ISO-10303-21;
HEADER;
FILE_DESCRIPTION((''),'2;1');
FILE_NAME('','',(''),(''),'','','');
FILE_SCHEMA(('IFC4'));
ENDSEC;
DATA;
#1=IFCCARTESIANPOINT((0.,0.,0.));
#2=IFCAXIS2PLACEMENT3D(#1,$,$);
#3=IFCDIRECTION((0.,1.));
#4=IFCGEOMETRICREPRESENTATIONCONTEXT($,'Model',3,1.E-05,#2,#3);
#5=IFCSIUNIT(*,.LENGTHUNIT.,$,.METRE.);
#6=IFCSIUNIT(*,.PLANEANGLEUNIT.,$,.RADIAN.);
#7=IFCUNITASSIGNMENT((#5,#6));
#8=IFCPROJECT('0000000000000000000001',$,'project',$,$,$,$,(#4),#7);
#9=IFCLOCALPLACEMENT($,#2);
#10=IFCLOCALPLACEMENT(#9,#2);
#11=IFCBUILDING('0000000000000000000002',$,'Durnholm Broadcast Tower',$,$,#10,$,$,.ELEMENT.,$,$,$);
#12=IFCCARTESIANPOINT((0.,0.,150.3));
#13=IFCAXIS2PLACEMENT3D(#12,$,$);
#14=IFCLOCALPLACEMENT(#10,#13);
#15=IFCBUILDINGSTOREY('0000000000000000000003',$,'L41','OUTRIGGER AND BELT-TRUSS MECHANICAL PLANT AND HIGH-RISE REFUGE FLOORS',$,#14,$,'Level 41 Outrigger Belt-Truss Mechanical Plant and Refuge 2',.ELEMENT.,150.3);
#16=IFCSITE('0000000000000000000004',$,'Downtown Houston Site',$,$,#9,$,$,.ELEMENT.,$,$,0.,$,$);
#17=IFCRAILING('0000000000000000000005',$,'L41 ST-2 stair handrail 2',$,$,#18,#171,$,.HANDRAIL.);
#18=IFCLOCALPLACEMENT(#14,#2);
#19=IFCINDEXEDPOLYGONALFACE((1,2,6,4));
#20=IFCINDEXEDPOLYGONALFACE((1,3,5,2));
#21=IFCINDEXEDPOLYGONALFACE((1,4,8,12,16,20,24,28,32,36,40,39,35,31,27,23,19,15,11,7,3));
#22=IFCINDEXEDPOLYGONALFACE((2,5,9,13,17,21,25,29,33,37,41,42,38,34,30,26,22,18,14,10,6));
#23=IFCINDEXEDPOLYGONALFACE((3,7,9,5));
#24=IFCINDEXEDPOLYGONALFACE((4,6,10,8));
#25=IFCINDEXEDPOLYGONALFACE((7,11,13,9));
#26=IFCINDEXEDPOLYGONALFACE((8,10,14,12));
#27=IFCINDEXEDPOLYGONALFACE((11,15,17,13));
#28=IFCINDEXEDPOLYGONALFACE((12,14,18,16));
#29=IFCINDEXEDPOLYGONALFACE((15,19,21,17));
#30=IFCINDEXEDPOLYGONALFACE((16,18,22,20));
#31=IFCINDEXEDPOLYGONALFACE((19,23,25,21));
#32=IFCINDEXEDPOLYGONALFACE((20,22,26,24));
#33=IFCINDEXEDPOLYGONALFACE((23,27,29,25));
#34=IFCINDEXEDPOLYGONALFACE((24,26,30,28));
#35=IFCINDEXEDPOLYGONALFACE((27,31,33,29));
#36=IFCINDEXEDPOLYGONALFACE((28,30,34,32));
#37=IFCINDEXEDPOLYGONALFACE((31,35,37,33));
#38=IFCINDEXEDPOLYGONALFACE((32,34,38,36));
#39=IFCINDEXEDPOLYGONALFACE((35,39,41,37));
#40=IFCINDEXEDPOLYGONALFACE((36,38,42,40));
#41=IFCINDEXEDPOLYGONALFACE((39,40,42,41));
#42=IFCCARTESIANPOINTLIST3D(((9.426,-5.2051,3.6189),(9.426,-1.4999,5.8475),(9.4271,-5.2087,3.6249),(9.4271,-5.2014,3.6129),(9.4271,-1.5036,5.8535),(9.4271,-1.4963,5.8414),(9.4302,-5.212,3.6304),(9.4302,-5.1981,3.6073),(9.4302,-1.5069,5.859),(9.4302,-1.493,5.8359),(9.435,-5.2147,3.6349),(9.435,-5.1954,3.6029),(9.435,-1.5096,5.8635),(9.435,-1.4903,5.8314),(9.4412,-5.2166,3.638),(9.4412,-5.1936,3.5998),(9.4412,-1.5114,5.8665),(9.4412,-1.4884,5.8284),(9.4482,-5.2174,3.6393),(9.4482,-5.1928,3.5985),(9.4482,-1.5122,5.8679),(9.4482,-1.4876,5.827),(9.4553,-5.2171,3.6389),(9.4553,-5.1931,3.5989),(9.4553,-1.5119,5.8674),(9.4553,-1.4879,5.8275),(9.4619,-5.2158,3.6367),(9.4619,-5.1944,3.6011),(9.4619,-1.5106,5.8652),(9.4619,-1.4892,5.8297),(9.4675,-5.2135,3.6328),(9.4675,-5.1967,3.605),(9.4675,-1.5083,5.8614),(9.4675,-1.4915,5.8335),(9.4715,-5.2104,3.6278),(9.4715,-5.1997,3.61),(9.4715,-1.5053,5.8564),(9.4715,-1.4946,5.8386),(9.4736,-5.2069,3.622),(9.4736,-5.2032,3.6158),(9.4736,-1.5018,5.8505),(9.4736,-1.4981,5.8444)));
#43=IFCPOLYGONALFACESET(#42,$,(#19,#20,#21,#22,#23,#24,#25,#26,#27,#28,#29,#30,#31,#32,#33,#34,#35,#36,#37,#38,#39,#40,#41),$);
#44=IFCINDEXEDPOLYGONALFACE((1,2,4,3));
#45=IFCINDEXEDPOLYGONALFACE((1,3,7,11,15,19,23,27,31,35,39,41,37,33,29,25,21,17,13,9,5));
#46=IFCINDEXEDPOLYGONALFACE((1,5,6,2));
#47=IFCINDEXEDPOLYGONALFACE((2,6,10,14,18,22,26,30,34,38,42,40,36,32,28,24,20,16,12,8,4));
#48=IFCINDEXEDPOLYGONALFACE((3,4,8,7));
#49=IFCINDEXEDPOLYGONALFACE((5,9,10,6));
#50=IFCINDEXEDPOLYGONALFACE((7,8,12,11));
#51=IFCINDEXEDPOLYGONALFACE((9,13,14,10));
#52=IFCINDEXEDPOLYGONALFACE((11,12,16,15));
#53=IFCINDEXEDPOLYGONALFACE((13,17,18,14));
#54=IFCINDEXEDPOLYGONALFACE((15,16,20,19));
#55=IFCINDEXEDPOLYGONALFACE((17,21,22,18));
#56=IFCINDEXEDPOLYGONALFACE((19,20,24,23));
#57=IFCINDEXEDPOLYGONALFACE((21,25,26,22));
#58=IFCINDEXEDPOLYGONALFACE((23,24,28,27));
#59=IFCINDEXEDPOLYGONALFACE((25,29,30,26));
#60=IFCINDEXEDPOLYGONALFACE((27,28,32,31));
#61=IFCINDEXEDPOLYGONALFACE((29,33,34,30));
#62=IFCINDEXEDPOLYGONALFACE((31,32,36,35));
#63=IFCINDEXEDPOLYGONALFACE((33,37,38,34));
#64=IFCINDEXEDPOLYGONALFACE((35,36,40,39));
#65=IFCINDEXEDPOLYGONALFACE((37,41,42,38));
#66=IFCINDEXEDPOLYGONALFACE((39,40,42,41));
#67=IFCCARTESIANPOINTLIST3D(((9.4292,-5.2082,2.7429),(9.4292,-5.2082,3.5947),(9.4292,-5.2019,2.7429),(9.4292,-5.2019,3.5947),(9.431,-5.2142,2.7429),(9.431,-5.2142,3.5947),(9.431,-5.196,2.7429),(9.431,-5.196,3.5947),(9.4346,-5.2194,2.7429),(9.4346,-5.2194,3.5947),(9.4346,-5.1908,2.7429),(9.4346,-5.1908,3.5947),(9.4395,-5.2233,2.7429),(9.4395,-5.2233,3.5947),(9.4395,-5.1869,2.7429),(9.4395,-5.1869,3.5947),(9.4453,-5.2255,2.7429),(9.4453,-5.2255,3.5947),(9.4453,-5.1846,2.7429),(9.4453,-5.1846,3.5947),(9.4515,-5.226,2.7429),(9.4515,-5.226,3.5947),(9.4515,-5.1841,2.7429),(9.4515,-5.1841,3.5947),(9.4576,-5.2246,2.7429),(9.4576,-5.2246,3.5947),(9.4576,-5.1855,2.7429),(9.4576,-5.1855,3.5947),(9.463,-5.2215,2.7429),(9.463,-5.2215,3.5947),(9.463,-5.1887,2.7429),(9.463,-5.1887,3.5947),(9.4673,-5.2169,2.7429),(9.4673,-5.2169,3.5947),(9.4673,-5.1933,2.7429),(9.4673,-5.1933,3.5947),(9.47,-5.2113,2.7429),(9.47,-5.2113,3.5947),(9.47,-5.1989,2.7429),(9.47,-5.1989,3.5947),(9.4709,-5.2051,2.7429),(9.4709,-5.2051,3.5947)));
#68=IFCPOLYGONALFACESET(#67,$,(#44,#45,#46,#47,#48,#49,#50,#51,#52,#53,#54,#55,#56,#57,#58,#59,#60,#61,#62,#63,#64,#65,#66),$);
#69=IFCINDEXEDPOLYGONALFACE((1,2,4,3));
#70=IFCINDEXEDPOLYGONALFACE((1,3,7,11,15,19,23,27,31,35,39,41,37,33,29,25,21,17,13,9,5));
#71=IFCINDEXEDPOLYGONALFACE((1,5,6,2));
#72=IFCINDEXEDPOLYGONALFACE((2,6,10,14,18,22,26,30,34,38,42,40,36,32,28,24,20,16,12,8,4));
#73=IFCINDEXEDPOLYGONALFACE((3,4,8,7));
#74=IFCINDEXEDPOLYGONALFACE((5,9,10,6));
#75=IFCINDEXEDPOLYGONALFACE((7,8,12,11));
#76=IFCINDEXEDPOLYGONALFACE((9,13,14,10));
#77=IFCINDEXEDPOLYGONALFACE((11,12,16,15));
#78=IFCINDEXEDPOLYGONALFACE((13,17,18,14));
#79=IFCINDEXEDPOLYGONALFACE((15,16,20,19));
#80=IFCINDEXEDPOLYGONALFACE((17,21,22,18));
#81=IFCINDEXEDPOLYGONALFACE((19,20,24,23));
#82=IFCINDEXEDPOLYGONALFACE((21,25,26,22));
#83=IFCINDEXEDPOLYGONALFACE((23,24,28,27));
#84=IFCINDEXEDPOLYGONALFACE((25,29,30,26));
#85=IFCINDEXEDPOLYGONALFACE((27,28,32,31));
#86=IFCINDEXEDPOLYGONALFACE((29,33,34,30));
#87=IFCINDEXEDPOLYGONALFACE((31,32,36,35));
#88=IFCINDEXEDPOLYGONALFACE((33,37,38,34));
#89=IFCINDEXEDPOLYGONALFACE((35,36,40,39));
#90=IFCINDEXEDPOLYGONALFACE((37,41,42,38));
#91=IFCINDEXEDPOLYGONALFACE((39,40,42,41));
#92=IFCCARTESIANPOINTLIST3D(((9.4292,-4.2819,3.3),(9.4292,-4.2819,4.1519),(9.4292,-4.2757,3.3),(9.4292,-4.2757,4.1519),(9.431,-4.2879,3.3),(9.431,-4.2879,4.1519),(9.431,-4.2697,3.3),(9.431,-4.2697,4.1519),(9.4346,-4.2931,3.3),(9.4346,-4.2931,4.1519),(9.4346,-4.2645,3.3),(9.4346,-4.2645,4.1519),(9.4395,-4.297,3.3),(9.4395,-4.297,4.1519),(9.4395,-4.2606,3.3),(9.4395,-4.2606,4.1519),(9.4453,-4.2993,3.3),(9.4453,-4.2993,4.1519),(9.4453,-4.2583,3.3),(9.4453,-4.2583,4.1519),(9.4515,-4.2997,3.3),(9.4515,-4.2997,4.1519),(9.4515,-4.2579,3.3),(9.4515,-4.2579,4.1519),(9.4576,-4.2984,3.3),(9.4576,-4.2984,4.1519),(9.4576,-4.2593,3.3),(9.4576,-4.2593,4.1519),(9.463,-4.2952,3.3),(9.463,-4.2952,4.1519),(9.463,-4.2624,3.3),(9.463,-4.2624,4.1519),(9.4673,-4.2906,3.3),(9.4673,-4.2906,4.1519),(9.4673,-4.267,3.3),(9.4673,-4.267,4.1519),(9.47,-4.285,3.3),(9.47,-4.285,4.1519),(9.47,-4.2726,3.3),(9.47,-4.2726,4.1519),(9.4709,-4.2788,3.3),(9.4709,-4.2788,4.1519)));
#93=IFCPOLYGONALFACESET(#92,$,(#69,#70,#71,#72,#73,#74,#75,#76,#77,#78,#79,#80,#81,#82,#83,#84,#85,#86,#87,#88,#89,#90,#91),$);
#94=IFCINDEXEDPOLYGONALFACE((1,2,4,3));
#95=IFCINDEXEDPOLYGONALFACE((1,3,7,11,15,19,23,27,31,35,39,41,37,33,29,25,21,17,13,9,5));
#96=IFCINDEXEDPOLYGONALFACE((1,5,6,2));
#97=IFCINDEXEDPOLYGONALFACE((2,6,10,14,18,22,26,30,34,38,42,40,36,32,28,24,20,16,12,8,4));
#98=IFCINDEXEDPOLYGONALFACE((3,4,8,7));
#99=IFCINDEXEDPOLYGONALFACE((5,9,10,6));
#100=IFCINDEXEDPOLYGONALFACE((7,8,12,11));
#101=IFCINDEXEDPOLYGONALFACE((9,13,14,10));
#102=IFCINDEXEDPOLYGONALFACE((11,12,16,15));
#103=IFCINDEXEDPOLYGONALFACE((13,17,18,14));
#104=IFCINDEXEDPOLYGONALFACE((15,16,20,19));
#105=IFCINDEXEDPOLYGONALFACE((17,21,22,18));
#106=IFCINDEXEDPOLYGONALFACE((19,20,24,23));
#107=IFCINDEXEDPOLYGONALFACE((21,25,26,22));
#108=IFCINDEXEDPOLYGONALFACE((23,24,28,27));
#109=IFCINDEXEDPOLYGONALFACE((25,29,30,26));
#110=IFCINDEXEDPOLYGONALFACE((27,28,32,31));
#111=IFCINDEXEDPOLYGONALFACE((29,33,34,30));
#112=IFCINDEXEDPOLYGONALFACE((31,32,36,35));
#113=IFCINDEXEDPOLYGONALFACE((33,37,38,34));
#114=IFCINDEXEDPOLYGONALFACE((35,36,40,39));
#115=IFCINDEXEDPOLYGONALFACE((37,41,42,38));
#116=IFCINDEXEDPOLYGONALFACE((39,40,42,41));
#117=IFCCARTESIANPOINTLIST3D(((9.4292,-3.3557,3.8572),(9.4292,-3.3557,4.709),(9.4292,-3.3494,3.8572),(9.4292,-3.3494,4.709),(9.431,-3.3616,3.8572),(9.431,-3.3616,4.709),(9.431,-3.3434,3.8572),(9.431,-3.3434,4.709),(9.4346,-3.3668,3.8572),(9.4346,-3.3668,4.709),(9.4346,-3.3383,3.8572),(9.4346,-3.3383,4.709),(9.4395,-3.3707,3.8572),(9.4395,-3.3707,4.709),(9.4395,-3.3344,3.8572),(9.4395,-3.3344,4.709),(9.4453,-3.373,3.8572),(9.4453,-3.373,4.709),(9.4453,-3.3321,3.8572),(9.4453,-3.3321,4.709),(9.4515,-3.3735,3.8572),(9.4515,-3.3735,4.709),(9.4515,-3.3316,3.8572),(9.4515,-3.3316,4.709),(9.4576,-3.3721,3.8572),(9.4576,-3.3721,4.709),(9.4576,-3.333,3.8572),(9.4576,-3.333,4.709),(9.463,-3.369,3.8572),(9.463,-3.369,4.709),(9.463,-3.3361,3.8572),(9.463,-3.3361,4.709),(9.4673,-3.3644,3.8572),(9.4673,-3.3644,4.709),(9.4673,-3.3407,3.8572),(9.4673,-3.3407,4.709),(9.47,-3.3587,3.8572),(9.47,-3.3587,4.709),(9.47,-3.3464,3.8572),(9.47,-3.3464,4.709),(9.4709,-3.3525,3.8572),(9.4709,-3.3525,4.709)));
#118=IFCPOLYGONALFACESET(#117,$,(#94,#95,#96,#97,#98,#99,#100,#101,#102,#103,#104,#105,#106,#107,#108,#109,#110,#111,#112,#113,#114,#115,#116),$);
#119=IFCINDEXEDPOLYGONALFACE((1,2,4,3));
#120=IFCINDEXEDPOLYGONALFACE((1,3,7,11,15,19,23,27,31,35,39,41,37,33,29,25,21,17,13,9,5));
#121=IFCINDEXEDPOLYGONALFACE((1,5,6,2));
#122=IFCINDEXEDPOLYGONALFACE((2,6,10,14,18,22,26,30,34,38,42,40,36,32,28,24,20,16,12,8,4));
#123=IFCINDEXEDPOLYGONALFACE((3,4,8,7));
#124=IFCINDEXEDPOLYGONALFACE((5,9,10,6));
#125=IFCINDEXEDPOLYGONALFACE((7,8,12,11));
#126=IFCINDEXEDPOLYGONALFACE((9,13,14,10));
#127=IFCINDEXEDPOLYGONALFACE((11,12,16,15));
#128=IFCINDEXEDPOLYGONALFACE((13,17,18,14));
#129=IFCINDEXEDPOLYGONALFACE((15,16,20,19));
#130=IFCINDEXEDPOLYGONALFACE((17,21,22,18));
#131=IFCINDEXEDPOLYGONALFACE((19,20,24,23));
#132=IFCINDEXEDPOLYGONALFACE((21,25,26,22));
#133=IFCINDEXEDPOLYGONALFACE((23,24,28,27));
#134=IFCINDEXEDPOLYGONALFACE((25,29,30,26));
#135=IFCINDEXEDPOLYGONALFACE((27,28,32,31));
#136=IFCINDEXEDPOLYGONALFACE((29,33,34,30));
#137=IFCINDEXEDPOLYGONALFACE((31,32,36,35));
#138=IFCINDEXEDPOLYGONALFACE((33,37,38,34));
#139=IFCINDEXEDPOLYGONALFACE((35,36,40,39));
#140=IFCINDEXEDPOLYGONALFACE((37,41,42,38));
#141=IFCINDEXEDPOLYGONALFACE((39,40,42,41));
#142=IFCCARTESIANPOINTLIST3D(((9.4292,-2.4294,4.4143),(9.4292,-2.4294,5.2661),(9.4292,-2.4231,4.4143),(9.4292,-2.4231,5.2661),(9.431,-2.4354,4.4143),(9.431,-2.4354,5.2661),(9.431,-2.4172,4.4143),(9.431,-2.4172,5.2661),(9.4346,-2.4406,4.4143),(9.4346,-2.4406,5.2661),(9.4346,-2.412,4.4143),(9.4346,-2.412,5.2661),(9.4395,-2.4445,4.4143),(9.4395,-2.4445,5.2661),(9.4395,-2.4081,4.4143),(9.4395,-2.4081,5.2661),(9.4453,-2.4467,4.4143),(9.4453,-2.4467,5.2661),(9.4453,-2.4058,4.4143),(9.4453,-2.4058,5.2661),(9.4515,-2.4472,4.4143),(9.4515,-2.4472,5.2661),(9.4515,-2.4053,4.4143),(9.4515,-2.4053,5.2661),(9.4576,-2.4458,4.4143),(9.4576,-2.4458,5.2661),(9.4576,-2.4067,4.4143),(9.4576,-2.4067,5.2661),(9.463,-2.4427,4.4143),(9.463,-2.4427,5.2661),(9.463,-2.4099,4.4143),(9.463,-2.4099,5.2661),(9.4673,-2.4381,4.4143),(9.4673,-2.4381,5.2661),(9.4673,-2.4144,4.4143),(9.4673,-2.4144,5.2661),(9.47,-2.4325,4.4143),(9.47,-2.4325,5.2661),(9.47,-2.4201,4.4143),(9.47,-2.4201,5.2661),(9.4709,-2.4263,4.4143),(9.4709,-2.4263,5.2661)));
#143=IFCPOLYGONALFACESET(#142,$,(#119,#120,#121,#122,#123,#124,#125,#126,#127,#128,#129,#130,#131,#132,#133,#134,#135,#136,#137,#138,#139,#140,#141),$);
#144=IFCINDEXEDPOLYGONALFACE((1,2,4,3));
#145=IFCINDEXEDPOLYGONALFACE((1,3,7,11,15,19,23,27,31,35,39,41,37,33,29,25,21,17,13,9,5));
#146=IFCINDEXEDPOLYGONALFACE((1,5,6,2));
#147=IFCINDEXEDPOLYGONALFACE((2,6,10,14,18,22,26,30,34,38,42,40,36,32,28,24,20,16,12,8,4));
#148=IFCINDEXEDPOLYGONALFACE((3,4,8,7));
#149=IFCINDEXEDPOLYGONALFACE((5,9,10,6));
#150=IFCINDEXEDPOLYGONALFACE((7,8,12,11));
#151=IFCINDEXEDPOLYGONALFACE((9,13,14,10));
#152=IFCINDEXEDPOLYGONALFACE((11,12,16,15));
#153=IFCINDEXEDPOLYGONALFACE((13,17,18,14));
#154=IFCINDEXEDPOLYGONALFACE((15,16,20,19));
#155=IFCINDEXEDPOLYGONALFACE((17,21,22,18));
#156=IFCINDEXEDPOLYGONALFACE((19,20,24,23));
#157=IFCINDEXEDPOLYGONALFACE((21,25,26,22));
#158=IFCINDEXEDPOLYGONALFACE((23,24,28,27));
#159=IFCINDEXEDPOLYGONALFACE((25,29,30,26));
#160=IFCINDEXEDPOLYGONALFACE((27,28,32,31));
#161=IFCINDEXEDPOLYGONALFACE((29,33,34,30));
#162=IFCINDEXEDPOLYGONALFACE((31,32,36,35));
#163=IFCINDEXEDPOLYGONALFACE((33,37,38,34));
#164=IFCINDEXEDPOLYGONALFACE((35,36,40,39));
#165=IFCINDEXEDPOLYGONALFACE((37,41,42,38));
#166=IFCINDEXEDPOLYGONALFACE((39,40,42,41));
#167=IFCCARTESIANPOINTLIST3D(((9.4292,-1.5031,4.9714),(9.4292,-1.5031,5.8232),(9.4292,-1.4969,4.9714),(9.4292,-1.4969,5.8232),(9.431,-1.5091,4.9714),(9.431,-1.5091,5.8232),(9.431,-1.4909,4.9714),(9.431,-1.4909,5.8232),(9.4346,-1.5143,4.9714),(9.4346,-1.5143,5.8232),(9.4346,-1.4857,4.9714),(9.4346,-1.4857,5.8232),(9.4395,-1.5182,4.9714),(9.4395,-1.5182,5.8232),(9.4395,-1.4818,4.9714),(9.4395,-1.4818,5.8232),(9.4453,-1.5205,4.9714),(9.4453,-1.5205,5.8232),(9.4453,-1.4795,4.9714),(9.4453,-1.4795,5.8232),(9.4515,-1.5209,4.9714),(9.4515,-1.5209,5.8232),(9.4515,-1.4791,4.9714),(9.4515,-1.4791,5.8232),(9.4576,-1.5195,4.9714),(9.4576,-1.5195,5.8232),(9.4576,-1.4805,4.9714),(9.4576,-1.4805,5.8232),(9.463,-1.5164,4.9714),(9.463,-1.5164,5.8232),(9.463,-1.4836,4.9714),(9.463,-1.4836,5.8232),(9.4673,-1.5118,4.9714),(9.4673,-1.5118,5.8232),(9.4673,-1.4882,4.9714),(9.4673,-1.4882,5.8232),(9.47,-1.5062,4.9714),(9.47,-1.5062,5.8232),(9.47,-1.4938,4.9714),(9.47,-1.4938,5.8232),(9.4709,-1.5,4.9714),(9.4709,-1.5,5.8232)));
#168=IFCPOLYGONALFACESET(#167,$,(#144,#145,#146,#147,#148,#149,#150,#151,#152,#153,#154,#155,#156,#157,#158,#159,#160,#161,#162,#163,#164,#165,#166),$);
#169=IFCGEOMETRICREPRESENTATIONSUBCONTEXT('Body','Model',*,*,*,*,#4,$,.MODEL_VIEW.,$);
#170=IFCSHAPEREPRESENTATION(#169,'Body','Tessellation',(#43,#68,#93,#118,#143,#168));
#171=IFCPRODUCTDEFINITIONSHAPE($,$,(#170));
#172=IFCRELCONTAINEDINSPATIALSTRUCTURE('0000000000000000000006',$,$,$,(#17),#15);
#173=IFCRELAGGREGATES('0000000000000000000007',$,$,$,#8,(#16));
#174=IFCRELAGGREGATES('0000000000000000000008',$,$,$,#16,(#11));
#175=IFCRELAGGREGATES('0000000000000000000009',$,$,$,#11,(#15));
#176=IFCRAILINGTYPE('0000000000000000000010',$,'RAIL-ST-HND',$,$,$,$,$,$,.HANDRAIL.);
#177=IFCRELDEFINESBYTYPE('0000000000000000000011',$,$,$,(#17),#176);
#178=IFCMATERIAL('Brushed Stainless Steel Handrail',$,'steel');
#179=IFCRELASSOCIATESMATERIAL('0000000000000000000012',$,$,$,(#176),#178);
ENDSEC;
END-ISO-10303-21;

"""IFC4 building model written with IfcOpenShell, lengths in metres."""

from ifc_helpers import new_model, si_unit, direction, frame, origin, origin_2d, place, context, subcontext, project, spatial, circle, extrude, material, type_object, element, save


model = new_model("IFC4")

# Units and contexts
model_context = context("Model", 3, precision=1e-05, world=origin(), true_north=direction((0.0, 1.0)))
body_context = subcontext(model_context, "Body", "Model", "MODEL_VIEW")
ifc_project = project(units=[si_unit("LENGTHUNIT", "METRE"), si_unit("PLANEANGLEUNIT", "RADIAN")], contexts=[model_context])

# Site, building, storey
site_placement = place(None, origin())
site = spatial("IfcSite", under=ifc_project, at=site_placement, Name="Downtown Houston Site", CompositionType="ELEMENT", RefElevation=0.0)
building_placement = place(site_placement, origin())
building = spatial("IfcBuilding", under=site, at=building_placement, Name="Durnholm Broadcast Tower", CompositionType="ELEMENT")
storey_placement = place(building_placement, frame((0.0, 0.0, 150.3)))
storey = spatial("IfcBuildingStorey", under=building, at=storey_placement, Name="L41", Description="OUTRIGGER AND BELT-TRUSS MECHANICAL PLANT AND HIGH-RISE REFUGE FLOORS", LongName="Level 41 Outrigger Belt-Truss Mechanical Plant and Refuge 2", CompositionType="ELEMENT", Elevation=150.3)

# Railing
ifc_material_1 = material(Name="Brushed Stainless Steel Handrail", Category="steel")
railing_type_1 = type_object("IfcRailingType", Name="RAIL-ST-HND", PredefinedType="HANDRAIL", material=ifc_material_1)
railing_1_placement = place(storey_placement, frame((9.45, -5.2051, 2.7429)))
element("IfcRailing", 1, at=railing_1_placement, inside=storey, type_object=railing_type_1, Name="L41 ST-2 stair handrail 2", PredefinedType="HANDRAIL", context=body_context, shape_type="SweptSolid", body=[
    extrude(circle(Radius=0.0239, at=origin_2d()), frame((0.0, 0.0, 0.876), z_axis=(0.0, 0.856934, 0.515425), x_axis=(-1.0, 0.0, 0.0)), (0.0, 0.0, 1.0), 4.3237),
    extrude(circle(Radius=0.021, at=origin_2d()), origin(), (0.0, 0.0, 1.0), 0.8518),
    extrude(circle(Radius=0.021, at=origin_2d()), frame((0.0, 0.9263, 0.5571)), (0.0, 0.0, 1.0), 0.8518),
    extrude(circle(Radius=0.021, at=origin_2d()), frame((0.0, 1.8525, 1.1143)), (0.0, 0.0, 1.0), 0.8518),
    extrude(circle(Radius=0.021, at=origin_2d()), frame((0.0, 2.7788, 1.6714)), (0.0, 0.0, 1.0), 0.8518),
    extrude(circle(Radius=0.021, at=origin_2d()), frame((0.0, 3.7051, 2.2285)), (0.0, 0.0, 1.0), 0.8518),
])

save(model, "model.ifc")
